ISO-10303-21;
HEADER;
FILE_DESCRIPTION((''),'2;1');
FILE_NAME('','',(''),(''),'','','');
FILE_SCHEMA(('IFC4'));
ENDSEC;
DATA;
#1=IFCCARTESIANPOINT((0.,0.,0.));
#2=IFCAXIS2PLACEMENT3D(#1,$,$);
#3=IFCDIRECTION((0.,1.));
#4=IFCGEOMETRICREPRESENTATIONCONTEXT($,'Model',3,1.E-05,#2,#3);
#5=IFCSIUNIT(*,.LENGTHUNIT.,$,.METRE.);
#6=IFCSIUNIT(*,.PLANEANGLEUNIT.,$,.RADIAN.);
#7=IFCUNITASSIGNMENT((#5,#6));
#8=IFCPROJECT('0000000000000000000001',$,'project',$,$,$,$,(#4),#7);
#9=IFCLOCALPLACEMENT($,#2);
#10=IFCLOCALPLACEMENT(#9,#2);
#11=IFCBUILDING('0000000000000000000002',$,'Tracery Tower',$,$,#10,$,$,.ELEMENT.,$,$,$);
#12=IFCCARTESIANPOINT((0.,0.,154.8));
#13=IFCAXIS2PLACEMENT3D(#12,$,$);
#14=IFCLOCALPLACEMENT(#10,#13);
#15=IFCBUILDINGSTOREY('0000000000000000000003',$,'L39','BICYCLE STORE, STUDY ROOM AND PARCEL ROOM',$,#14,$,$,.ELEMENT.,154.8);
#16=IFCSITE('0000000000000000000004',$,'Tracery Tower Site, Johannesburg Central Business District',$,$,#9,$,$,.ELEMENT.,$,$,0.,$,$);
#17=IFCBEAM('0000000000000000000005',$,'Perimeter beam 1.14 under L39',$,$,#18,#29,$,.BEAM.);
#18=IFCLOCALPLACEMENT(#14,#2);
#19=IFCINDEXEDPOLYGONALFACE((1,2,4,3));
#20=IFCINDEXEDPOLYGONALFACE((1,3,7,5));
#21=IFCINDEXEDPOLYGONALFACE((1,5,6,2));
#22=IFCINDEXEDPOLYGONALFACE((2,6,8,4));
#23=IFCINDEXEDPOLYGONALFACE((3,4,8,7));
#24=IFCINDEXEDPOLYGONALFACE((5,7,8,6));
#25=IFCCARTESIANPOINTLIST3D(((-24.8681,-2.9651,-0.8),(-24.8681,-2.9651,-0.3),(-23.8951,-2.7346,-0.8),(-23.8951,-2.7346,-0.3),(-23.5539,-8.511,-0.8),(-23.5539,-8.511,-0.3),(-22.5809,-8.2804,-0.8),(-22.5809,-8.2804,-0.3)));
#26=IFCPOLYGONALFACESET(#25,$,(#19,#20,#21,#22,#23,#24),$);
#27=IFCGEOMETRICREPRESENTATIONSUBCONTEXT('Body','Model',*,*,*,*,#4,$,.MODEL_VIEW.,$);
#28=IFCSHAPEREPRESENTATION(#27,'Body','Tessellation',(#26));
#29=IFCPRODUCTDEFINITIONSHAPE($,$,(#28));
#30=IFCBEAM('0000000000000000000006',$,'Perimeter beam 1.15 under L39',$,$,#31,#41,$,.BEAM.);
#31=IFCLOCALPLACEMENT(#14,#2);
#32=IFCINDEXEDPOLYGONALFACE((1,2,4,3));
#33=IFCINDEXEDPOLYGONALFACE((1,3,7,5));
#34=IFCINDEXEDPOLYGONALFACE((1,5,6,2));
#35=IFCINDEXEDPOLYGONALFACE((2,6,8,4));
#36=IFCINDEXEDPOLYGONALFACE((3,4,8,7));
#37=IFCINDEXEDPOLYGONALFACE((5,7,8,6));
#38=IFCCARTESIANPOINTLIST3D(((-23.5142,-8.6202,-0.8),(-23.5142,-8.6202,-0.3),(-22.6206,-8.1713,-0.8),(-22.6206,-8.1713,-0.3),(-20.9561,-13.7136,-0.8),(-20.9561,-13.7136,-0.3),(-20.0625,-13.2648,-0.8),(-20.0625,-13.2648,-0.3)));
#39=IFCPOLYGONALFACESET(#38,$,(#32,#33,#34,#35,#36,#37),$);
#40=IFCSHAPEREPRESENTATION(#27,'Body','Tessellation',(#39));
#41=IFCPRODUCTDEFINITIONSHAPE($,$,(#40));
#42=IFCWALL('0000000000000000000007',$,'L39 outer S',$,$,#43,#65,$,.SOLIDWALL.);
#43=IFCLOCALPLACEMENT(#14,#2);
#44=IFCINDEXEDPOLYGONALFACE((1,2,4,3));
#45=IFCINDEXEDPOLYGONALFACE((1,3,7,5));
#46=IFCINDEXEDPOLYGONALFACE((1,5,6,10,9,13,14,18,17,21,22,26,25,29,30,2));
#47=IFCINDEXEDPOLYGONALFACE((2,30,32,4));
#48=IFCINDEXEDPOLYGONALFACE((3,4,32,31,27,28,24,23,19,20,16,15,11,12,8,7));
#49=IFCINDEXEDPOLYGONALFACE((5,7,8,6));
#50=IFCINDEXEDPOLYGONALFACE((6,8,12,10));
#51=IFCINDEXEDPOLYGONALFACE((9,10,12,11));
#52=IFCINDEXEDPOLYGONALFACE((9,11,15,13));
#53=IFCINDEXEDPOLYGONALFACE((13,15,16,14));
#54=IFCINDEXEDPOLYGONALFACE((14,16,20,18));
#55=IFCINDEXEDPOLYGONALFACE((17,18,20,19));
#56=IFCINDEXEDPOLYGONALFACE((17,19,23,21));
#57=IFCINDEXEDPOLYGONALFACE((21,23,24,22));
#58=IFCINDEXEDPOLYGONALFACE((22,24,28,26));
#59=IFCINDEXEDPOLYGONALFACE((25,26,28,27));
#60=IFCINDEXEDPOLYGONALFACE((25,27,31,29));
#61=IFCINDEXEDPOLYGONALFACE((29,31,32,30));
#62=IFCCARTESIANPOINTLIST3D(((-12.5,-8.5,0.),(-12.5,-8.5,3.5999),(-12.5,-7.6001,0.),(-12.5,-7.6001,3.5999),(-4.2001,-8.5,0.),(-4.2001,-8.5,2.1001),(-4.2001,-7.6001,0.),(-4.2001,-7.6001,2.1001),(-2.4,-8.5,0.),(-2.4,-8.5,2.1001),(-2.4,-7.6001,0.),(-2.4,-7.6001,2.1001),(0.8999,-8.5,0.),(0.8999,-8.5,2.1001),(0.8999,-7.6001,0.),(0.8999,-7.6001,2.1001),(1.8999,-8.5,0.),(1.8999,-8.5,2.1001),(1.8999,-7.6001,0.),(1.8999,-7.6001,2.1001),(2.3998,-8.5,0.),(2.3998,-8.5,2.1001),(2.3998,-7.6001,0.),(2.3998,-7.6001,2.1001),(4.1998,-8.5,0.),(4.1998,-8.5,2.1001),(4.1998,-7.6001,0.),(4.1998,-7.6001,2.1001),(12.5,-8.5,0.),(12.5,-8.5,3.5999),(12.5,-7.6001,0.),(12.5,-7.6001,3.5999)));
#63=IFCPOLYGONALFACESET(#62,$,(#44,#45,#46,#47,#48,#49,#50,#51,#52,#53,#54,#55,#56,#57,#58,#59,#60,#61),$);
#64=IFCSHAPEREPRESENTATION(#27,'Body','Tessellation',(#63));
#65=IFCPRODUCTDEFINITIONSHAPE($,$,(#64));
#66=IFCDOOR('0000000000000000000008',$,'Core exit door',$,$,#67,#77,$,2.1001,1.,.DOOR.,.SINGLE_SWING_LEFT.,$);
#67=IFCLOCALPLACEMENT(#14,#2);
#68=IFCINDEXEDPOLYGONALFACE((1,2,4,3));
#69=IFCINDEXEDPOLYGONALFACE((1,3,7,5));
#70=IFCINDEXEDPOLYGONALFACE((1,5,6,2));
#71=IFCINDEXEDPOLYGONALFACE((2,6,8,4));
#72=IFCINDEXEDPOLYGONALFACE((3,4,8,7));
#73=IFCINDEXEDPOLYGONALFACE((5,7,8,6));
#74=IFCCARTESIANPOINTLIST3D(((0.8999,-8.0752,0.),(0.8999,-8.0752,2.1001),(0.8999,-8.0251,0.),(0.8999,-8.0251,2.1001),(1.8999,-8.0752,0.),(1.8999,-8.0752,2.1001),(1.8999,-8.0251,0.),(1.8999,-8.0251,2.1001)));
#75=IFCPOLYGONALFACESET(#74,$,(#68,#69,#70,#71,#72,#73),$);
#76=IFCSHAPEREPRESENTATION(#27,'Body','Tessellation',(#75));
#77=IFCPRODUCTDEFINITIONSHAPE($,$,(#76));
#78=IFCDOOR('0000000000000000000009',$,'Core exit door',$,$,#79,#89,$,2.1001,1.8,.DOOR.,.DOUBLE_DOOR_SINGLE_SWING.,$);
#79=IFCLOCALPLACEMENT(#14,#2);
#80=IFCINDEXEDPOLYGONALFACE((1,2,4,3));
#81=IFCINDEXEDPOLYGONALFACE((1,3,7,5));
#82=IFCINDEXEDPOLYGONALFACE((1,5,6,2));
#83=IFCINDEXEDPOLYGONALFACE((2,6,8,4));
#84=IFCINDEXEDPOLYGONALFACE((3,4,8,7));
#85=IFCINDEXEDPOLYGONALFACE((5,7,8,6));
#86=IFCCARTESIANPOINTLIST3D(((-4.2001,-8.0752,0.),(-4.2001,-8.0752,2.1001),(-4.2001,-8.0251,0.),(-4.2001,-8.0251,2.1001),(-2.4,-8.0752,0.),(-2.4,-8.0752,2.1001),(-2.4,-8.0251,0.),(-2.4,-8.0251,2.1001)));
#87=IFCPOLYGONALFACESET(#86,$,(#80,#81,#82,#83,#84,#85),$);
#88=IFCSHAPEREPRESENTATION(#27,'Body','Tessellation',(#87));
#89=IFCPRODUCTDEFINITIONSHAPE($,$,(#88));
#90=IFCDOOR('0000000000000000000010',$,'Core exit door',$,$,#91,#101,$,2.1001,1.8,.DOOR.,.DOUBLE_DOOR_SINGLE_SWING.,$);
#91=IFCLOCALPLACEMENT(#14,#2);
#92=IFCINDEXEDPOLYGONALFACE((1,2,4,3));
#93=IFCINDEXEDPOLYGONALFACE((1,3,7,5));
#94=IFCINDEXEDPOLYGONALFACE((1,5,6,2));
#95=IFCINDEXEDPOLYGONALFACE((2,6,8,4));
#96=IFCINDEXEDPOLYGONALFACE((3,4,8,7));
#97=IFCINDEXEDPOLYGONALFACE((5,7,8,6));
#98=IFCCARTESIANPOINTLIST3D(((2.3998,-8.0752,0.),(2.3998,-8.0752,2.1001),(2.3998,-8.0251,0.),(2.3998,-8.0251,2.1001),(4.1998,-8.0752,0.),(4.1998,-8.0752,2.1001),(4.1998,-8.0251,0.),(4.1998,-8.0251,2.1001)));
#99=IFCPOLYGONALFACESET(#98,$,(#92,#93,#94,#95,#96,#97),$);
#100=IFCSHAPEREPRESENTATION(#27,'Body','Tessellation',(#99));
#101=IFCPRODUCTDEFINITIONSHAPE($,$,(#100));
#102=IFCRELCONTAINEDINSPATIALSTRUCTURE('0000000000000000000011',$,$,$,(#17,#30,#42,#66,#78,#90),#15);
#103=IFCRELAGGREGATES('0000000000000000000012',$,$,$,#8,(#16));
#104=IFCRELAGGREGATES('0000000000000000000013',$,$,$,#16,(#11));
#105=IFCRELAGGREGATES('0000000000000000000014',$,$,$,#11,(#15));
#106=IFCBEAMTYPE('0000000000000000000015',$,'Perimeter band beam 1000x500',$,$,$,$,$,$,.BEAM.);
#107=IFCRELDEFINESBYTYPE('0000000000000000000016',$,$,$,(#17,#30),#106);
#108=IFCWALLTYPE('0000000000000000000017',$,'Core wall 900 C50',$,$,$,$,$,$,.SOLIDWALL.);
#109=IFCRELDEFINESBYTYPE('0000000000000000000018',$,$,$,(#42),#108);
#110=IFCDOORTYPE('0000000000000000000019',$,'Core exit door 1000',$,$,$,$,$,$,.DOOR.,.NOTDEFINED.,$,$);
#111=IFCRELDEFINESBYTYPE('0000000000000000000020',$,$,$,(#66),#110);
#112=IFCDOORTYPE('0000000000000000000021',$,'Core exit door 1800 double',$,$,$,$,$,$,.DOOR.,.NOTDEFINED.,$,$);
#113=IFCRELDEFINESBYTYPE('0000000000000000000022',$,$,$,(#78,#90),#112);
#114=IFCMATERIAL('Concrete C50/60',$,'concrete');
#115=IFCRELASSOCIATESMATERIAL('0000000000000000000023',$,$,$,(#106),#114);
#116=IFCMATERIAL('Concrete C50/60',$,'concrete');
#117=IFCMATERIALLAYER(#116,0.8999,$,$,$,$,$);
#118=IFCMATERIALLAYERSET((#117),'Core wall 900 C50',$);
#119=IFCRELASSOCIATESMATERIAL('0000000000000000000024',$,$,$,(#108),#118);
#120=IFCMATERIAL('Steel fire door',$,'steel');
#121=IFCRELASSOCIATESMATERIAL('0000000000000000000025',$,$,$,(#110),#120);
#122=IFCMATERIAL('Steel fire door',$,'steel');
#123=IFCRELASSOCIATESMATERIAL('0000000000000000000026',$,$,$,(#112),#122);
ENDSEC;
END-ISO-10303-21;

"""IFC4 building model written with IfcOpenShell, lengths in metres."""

from ifc_helpers import new_model, si_unit, direction, frame, frame_2d, origin, origin_2d, place, context, subcontext, project, spatial, rectangle, extrude, material, layer, layer_set, material_profile, profile_set, type_object, element, fill, save


model = new_model("IFC4")

# Units and contexts
model_context = context("Model", 3, precision=1e-05, world=origin(), true_north=direction((0.0, 1.0)))
body_context = subcontext(model_context, "Body", "Model", "MODEL_VIEW")
ifc_project = project(units=[si_unit("LENGTHUNIT", "METRE"), si_unit("PLANEANGLEUNIT", "RADIAN")], contexts=[model_context])

# Site, building, storey
site_placement = place(None, origin())
site = spatial("IfcSite", under=ifc_project, at=site_placement, Name="Tracery Tower Site, Johannesburg Central Business District", CompositionType="ELEMENT", RefElevation=0.0)
building_placement = place(site_placement, origin())
building = spatial("IfcBuilding", under=site, at=building_placement, Name="Tracery Tower", CompositionType="ELEMENT")
storey_placement = place(building_placement, frame((0.0, 0.0, 154.8)))
storey = spatial("IfcBuildingStorey", under=building, at=storey_placement, Name="L39", Description="BICYCLE STORE, STUDY ROOM AND PARCEL ROOM", CompositionType="ELEMENT", Elevation=154.8)

# Beams
ifc_material_1 = material(Name="Concrete C50/60", Category="concrete")
ifc_material_profile_1 = material_profile(ifc_material_1, rectangle(XDim=1.0, YDim=0.5, at=origin_2d()), Name="RC 1000x500")
ifc_profile_set_1 = profile_set([ifc_material_profile_1], Name="Concrete C50/60")
beam_type = type_object("IfcBeamType", Name="Perimeter band beam 1000x500", PredefinedType="BEAM", material=ifc_profile_set_1)
beam_1_placement = place(storey_placement, frame((-24.3816, -2.8499, -0.55), z_axis=(0.230584, -0.973052, 0.0), x_axis=(0.973052, 0.230584, 0.0)))
element("IfcBeam", 1, at=beam_1_placement, inside=storey, type_object=beam_type, Name="Perimeter beam 1.14 under L39", PredefinedType="BEAM", context=body_context, shape_type="SweptSolid", body=[
    extrude(rectangle(XDim=1.0, YDim=0.5, at=origin_2d()), origin(), (0.0, 0.0, 1.0), 5.6995),
])
beam_2_placement = place(storey_placement, frame((-23.0674, -8.3958, -0.55), z_axis=(0.448806, -0.893629, 0.0), x_axis=(0.893629, 0.448806, 0.0)))
element("IfcBeam", 2, at=beam_2_placement, inside=storey, type_object=beam_type, Name="Perimeter beam 1.15 under L39", PredefinedType="BEAM", context=body_context, shape_type="SweptSolid", body=[
    extrude(rectangle(XDim=1.0, YDim=0.5, at=origin_2d()), origin(), (0.0, 0.0, 1.0), 5.6997),
])

# Wall, openings, doors
ifc_material_2 = material(Name="Concrete C50/60", Category="concrete")
ifc_layer_1 = layer(ifc_material_2, 0.8999)
ifc_layer_set_1 = layer_set([ifc_layer_1], Name="Core wall 900 C50")
wall_type_1 = type_object("IfcWallType", Name="Core wall 900 C50", PredefinedType="SOLIDWALL", material=ifc_layer_set_1)
wall_1_placement = place(storey_placement, frame((-12.5, -8.05, 0.0), z_axis=(0.0, 0.0, 1.0), x_axis=(1.0, 0.0, 0.0)))
wall_1 = element("IfcWall", 3, at=wall_1_placement, inside=storey, type_object=wall_type_1, Name="L39 outer S", PredefinedType="SOLIDWALL", context=body_context, shape_type="SweptSolid", body=[
    extrude(rectangle(XDim=25.0, YDim=0.8999, at=frame_2d((12.5, 0.0))), origin(), (0.0, 0.0, 1.0), 3.5999),
])
opening_1_placement = place(wall_1_placement, frame((13.3999, 0.0, 0.0)))
opening_1 = element("IfcOpeningElement", 4, at=opening_1_placement, cuts=wall_1, PredefinedType="OPENING", context=body_context, shape_type="SweptSolid", body=[
    extrude(rectangle(XDim=1.0, YDim=2.1001, at=frame_2d((0.5, 1.05))), frame((0.0, 0.45, 0.0), z_axis=(0.0, -1.0, 0.0), x_axis=(1.0, 0.0, 0.0)), (0.0, 0.0, 1.0), 0.8999),
])
opening_2_placement = place(wall_1_placement, frame((8.3, 0.0, 0.0)))
opening_2 = element("IfcOpeningElement", 5, at=opening_2_placement, cuts=wall_1, PredefinedType="OPENING", context=body_context, shape_type="SweptSolid", body=[
    extrude(rectangle(XDim=1.8, YDim=2.1001, at=frame_2d((0.8999, 1.05))), frame((0.0, 0.45, 0.0), z_axis=(0.0, -1.0, 0.0), x_axis=(1.0, 0.0, 0.0)), (0.0, 0.0, 1.0), 0.8999),
])
opening_3_placement = place(wall_1_placement, frame((14.8999, 0.0, 0.0)))
opening_3 = element("IfcOpeningElement", 6, at=opening_3_placement, cuts=wall_1, PredefinedType="OPENING", context=body_context, shape_type="SweptSolid", body=[
    extrude(rectangle(XDim=1.8, YDim=2.1001, at=frame_2d((0.8999, 1.05))), frame((0.0, 0.45, 0.0), z_axis=(0.0, -1.0, 0.0), x_axis=(1.0, 0.0, 0.0)), (0.0, 0.0, 1.0), 0.8999),
])
ifc_material_3 = material(Name="Steel fire door", Category="steel")
door_type_1 = type_object("IfcDoorType", Name="Core exit door 1000", OperationType="NOTDEFINED", PredefinedType="DOOR", material=ifc_material_3)
door_1_placement = place(opening_1_placement, origin())
door_1 = element("IfcDoor", 7, at=door_1_placement, inside=storey, type_object=door_type_1, Name="Core exit door", OperationType="SINGLE_SWING_LEFT", OverallHeight=2.1001, OverallWidth=1.0, PredefinedType="DOOR", context=body_context, shape_type="SweptSolid", body=[
    extrude(rectangle(XDim=1.0, YDim=2.1001, at=frame_2d((0.5, 1.05))), frame((0.0, 0.0249, 0.0), z_axis=(0.0, -1.0, 0.0), x_axis=(1.0, 0.0, 0.0)), (0.0, 0.0, 1.0), 0.05),
])
fill(opening_1, door_1)
ifc_material_4 = material(Name="Steel fire door", Category="steel")
door_type_2 = type_object("IfcDoorType", Name="Core exit door 1800 double", OperationType="NOTDEFINED", PredefinedType="DOOR", material=ifc_material_4)
door_2_placement = place(opening_2_placement, origin())
door_2 = element("IfcDoor", 8, at=door_2_placement, inside=storey, type_object=door_type_2, Name="Core exit door", OperationType="DOUBLE_DOOR_SINGLE_SWING", OverallHeight=2.1001, OverallWidth=1.8, PredefinedType="DOOR", context=body_context, shape_type="SweptSolid", body=[
    extrude(rectangle(XDim=1.8, YDim=2.1001, at=frame_2d((0.8999, 1.05))), frame((0.0, 0.0249, 0.0), z_axis=(0.0, -1.0, 0.0), x_axis=(1.0, 0.0, 0.0)), (0.0, 0.0, 1.0), 0.05),
])
fill(opening_2, door_2)
door_3_placement = place(opening_3_placement, origin())
door_3 = element("IfcDoor", 9, at=door_3_placement, inside=storey, type_object=door_type_2, Name="Core exit door", OperationType="DOUBLE_DOOR_SINGLE_SWING", OverallHeight=2.1001, OverallWidth=1.8, PredefinedType="DOOR", context=body_context, shape_type="SweptSolid", body=[
    extrude(rectangle(XDim=1.8, YDim=2.1001, at=frame_2d((0.8999, 1.05))), frame((0.0, 0.0249, 0.0), z_axis=(0.0, -1.0, 0.0), x_axis=(1.0, 0.0, 0.0)), (0.0, 0.0, 1.0), 0.05),
])
fill(opening_3, door_3)

save(model, "model.ifc")
